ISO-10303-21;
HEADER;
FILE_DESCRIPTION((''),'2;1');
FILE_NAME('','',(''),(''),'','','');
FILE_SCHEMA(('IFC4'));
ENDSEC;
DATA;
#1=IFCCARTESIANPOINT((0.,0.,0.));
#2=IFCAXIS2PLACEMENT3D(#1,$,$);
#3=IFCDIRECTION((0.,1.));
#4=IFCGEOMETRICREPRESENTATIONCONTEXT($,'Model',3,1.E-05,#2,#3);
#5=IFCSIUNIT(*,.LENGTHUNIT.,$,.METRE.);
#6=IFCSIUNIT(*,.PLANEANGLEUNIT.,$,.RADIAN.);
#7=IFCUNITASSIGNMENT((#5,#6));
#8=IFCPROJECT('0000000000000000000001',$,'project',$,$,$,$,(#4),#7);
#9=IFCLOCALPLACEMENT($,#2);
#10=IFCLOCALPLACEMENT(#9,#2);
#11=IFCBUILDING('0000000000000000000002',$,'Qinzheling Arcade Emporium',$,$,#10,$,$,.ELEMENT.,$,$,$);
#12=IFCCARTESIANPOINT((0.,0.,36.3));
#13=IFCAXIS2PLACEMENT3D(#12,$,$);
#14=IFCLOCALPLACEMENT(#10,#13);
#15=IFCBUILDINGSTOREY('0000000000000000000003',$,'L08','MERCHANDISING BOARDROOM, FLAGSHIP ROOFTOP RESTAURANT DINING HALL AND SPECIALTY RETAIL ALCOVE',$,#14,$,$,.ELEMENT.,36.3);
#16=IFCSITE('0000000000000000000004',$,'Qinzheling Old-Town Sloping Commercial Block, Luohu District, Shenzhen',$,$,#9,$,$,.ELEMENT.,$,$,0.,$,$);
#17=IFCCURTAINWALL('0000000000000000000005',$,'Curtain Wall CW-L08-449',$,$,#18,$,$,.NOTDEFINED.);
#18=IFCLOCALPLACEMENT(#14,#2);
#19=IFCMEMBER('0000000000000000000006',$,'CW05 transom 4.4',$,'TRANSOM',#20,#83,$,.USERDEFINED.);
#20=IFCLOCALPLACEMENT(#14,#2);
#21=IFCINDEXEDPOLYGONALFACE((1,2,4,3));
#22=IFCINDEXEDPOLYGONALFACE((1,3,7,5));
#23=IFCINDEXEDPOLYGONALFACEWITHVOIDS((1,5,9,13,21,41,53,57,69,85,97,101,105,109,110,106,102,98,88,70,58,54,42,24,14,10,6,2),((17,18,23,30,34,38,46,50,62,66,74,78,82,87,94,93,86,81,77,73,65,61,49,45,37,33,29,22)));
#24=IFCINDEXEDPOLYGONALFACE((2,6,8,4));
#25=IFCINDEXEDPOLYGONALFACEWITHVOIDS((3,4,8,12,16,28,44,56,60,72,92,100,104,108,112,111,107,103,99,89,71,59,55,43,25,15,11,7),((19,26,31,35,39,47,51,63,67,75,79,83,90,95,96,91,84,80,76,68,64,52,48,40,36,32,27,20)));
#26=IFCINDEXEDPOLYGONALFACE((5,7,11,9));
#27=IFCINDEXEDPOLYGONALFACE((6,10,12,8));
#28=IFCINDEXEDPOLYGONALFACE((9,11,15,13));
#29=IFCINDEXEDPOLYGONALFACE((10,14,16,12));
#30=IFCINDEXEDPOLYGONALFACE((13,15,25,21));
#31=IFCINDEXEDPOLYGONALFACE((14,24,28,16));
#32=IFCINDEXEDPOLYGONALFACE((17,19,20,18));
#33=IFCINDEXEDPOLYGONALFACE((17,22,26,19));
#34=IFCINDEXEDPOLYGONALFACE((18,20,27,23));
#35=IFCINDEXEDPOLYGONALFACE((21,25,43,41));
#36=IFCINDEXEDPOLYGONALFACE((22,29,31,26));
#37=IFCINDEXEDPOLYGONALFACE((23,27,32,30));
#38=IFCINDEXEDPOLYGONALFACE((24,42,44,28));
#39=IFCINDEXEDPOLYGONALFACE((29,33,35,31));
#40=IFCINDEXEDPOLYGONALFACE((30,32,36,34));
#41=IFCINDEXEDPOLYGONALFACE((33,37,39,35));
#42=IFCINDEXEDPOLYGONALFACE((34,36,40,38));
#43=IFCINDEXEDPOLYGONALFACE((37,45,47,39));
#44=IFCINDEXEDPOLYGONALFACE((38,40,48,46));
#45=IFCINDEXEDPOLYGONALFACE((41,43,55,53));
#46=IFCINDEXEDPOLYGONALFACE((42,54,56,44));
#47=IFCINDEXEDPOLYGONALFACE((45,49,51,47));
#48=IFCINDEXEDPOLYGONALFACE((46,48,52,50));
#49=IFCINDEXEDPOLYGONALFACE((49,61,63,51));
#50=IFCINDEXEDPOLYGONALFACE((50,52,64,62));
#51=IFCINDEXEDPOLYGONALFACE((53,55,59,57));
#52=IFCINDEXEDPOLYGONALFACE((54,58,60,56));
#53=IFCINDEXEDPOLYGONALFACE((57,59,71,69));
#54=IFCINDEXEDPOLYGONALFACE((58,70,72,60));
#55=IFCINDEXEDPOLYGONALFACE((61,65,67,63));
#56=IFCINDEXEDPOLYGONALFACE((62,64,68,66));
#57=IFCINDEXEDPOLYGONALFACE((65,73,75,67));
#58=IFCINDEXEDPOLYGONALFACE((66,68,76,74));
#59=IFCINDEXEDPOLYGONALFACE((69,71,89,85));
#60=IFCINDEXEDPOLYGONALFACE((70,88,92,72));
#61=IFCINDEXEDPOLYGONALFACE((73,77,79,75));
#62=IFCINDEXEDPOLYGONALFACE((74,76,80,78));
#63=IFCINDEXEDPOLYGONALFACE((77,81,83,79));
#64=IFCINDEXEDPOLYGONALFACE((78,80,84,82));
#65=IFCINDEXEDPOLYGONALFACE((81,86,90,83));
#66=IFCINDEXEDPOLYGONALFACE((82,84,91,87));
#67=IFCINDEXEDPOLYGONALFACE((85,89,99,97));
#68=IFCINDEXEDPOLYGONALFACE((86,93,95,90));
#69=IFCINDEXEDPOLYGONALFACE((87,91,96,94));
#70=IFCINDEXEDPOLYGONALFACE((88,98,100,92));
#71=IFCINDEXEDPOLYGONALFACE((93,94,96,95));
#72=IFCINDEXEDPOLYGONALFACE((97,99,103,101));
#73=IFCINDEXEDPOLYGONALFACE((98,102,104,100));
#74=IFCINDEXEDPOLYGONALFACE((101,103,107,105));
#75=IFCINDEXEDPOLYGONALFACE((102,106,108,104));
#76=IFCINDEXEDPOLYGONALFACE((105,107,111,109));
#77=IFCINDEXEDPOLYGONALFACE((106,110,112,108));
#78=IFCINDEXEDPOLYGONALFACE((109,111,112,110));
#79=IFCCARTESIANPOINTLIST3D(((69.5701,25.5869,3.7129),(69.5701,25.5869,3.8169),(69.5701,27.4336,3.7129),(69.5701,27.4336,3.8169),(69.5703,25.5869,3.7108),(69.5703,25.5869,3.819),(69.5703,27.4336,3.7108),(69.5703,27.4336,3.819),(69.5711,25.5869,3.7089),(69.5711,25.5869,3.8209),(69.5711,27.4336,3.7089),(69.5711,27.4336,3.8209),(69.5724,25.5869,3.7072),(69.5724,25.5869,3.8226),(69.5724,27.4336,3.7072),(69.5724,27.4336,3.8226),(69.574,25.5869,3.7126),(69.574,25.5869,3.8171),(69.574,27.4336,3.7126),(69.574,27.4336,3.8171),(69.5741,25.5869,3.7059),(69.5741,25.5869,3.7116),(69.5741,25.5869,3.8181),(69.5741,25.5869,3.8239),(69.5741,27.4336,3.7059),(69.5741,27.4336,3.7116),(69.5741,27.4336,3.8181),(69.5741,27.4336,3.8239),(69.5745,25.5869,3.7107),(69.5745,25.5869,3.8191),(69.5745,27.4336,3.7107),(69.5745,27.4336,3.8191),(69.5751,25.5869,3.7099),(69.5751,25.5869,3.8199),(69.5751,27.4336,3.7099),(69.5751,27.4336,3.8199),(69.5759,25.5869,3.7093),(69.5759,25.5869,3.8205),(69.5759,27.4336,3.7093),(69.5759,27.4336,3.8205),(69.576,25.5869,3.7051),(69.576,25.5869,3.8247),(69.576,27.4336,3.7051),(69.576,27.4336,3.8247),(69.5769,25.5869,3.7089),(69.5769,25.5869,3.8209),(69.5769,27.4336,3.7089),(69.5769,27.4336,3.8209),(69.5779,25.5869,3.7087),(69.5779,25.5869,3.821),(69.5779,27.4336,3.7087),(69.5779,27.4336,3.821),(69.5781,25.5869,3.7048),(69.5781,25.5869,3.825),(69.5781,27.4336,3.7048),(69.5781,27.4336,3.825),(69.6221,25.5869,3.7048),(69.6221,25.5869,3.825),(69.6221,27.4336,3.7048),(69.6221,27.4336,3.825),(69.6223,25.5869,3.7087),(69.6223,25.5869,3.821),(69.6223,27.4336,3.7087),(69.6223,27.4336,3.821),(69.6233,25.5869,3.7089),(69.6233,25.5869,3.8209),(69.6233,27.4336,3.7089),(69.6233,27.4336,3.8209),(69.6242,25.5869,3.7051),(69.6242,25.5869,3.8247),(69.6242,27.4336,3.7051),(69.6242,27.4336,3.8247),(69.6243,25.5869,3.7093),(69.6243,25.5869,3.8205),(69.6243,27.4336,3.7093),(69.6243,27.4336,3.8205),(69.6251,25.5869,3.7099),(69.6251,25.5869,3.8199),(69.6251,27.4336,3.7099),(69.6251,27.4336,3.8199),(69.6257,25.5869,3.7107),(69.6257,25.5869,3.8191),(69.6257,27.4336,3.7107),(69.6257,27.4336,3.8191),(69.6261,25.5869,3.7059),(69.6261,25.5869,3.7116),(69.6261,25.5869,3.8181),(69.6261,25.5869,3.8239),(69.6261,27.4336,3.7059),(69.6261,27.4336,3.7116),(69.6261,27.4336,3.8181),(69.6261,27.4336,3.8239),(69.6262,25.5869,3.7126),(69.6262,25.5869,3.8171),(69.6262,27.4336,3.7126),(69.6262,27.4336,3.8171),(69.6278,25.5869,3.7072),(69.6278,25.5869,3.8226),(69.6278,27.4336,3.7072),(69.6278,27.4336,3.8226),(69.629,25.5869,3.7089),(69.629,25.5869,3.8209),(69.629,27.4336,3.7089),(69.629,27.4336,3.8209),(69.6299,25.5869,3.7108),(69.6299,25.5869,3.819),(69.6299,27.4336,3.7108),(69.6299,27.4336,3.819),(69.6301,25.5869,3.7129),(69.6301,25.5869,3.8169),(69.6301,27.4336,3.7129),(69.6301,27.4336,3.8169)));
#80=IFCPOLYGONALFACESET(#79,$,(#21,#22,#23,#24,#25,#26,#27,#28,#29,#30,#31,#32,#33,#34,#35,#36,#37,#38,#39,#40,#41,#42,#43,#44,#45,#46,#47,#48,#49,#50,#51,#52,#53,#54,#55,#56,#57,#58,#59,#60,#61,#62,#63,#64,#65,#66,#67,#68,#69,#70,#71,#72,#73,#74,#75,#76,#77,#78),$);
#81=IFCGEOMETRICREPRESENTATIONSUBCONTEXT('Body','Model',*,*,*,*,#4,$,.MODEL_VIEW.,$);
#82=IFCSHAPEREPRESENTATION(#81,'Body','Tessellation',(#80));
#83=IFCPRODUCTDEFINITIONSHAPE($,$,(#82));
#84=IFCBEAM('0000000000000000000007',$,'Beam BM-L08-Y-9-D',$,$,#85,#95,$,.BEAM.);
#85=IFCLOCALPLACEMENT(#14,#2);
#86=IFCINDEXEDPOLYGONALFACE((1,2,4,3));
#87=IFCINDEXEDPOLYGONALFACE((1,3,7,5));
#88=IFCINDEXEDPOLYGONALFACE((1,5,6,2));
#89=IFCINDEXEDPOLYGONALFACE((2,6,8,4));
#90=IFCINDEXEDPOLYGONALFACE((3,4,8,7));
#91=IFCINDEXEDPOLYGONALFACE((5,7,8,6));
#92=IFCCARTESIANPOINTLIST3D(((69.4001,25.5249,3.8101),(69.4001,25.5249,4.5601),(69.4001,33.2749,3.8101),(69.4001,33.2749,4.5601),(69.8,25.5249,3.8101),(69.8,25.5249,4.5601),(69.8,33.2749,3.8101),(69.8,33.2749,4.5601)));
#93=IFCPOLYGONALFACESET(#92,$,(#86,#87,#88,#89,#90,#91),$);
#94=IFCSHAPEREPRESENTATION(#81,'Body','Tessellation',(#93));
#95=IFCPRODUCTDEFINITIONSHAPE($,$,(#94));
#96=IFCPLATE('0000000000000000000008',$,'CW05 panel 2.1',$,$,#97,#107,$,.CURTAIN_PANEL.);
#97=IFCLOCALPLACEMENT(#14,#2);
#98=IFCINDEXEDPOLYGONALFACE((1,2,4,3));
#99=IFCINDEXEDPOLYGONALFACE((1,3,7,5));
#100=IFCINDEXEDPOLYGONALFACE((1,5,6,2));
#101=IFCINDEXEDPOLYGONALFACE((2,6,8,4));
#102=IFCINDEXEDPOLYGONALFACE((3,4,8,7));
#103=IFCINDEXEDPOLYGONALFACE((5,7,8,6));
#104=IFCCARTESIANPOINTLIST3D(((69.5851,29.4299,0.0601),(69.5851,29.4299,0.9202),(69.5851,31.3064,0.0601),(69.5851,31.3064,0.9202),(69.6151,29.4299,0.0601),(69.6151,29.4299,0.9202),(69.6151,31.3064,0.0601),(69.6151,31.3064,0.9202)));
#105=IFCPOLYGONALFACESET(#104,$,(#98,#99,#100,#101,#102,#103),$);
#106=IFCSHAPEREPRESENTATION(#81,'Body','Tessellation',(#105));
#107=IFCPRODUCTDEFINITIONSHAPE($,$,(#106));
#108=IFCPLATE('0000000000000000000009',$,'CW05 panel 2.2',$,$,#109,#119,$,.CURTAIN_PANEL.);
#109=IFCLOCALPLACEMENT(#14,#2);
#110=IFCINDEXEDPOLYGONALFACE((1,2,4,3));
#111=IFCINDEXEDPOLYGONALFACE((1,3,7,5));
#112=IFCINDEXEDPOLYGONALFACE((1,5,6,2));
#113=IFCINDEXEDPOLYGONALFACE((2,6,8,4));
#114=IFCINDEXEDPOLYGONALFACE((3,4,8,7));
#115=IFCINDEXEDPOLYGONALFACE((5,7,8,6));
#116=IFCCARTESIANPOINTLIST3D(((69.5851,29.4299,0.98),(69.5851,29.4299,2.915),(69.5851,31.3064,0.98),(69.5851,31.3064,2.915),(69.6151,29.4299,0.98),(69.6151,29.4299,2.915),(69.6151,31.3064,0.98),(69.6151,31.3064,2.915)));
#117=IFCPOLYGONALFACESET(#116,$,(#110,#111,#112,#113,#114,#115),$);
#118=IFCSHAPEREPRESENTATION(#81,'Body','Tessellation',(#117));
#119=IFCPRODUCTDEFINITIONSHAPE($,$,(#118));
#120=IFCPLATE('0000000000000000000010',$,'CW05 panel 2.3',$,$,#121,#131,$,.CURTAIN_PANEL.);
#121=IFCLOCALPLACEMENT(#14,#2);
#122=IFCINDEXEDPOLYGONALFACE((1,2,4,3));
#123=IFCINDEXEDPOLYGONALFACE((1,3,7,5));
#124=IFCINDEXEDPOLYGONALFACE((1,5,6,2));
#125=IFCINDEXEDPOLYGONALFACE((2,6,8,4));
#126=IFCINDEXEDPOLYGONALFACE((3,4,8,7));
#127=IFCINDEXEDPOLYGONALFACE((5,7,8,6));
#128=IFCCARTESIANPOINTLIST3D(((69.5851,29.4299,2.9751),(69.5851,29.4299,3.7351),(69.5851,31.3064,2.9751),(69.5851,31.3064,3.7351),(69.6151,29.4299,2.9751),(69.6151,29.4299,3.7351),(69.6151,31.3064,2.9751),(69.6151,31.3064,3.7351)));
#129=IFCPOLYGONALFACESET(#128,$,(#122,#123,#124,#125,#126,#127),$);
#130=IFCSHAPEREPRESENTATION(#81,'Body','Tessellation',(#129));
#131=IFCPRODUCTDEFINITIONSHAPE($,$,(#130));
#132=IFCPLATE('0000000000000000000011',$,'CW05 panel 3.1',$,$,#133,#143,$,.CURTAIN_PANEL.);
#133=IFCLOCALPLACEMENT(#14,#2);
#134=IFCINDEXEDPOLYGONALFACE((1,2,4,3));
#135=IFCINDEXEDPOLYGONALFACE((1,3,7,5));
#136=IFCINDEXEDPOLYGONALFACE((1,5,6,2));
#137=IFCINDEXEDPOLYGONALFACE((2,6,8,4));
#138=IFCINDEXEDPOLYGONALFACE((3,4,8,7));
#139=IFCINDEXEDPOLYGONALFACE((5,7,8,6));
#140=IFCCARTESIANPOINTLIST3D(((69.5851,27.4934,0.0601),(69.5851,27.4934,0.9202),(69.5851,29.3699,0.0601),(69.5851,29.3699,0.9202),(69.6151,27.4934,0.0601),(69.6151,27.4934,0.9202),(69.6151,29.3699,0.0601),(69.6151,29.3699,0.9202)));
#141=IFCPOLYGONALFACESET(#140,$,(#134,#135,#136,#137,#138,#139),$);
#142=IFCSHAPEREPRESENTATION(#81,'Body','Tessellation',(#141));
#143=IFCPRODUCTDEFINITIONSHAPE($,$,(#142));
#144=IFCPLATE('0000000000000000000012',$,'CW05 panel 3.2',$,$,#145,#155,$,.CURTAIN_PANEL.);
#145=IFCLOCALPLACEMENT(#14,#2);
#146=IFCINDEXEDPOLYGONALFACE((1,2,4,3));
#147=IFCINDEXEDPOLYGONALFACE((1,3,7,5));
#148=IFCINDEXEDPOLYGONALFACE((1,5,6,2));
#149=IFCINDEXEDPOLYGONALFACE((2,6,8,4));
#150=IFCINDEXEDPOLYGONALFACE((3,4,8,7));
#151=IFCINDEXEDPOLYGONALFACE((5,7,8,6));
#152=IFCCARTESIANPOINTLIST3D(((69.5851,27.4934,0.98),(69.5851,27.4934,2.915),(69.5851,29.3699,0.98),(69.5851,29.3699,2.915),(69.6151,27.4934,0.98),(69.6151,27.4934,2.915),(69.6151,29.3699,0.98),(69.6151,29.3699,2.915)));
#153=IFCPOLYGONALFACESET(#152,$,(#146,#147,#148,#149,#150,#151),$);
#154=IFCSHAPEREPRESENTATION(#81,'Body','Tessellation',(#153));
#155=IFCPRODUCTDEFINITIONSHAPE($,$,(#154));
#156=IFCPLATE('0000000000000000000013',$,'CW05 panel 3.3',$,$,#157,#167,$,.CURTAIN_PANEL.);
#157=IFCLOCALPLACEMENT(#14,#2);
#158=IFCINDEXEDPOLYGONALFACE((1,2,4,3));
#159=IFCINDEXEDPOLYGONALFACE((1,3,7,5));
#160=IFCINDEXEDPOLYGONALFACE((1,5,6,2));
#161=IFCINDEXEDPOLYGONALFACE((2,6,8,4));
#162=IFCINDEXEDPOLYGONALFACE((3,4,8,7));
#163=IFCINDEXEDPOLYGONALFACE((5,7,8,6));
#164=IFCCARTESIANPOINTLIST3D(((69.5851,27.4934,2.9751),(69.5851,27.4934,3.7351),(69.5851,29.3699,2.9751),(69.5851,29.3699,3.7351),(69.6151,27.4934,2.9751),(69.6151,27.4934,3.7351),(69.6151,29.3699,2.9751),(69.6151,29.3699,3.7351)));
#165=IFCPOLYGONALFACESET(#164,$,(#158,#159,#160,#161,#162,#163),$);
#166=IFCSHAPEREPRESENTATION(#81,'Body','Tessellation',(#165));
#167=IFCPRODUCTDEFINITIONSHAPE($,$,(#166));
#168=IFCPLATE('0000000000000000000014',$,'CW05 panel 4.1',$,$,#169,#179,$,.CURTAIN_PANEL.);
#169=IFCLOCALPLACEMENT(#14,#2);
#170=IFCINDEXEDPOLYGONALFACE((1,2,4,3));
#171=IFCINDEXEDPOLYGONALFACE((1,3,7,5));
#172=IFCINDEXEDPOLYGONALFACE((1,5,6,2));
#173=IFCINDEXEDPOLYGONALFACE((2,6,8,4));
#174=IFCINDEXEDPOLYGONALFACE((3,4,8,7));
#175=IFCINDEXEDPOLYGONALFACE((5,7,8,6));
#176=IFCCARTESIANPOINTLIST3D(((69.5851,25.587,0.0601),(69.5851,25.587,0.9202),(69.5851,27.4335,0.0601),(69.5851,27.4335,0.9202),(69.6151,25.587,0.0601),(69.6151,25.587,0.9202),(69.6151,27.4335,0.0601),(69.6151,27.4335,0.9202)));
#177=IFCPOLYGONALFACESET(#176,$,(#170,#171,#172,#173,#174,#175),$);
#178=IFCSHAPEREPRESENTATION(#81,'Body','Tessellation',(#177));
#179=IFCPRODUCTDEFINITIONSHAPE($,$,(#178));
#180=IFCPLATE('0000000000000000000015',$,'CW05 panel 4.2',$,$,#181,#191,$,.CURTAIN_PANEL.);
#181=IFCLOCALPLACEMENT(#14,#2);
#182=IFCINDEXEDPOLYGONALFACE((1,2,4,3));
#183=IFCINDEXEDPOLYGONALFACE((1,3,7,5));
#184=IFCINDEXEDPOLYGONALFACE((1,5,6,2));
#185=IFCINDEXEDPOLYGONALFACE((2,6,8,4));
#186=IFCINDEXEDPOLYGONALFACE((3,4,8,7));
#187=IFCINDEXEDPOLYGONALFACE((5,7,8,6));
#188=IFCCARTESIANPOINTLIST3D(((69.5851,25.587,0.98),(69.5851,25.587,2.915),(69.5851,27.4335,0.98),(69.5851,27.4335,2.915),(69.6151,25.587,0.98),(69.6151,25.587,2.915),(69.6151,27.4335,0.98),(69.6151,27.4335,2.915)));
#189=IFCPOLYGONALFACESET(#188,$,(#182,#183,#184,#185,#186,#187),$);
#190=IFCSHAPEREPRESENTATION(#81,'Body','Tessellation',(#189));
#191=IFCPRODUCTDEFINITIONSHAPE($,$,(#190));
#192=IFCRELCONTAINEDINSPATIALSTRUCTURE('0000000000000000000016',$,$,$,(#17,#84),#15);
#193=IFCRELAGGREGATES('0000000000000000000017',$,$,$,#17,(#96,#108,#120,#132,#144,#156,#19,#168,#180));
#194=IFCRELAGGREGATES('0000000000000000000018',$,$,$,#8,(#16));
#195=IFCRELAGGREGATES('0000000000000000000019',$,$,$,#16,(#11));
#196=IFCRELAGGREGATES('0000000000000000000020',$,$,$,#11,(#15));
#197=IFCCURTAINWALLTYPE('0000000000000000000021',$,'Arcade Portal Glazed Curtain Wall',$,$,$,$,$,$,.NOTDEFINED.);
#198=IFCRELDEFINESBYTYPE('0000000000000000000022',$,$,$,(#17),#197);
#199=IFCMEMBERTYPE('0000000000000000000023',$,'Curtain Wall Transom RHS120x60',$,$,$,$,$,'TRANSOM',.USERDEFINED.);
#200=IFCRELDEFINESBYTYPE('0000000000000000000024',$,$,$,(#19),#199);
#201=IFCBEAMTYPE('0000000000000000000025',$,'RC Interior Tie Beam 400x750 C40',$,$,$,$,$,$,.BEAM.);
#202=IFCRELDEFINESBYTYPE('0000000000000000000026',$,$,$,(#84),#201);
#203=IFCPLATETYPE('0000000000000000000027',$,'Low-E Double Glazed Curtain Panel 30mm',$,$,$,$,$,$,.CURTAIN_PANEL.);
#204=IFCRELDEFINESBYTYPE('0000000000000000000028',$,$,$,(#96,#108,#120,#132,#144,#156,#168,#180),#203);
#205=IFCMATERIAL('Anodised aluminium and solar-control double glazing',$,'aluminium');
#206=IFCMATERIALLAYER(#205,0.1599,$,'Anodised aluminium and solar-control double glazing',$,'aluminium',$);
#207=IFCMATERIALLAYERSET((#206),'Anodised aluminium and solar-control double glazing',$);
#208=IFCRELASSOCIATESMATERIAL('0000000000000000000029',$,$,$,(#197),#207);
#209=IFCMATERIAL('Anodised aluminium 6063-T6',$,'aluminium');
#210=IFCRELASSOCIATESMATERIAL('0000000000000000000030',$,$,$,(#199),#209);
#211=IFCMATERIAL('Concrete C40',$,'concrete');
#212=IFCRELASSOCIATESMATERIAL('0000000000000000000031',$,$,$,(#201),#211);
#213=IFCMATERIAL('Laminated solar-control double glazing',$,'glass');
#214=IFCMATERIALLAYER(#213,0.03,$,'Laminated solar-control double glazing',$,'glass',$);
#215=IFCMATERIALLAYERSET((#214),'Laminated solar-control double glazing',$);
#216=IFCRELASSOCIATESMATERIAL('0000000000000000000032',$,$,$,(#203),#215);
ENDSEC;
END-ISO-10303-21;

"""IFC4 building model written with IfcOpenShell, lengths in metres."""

from ifc_helpers import new_model, si_unit, direction, frame, origin, origin_2d, place, context, subcontext, project, spatial, rectangle, hollow_rectangle, extrude, material, layer, layer_set, material_profile, profile_set, type_object, element, aggregate, save


model = new_model("IFC4")

# Units and contexts
model_context = context("Model", 3, precision=1e-05, world=origin(), true_north=direction((0.0, 1.0)))
body_context = subcontext(model_context, "Body", "Model", "MODEL_VIEW")
ifc_project = project(units=[si_unit("LENGTHUNIT", "METRE"), si_unit("PLANEANGLEUNIT", "RADIAN")], contexts=[model_context])

# Site, building, storey
site_placement = place(None, origin())
site = spatial("IfcSite", under=ifc_project, at=site_placement, Name="Qinzheling Old-Town Sloping Commercial Block, Luohu District, Shenzhen", CompositionType="ELEMENT", RefElevation=0.0)
building_placement = place(site_placement, origin())
building = spatial("IfcBuilding", under=site, at=building_placement, Name="Qinzheling Arcade Emporium", CompositionType="ELEMENT")
storey_placement = place(building_placement, frame((0.0, 0.0, 36.3)))
storey = spatial("IfcBuildingStorey", under=building, at=storey_placement, Name="L08", Description="MERCHANDISING BOARDROOM, FLAGSHIP ROOFTOP RESTAURANT DINING HALL AND SPECIALTY RETAIL ALCOVE", CompositionType="ELEMENT", Elevation=36.3)

# Shared definitions
ifc_material_1 = material(Name="Concrete C40", Category="concrete")

# Curtain wall, member
ifc_material_2 = material(Name="Anodised aluminium and solar-control double glazing", Category="aluminium")
ifc_layer_1 = layer(ifc_material_2, 0.1599, Name="Anodised aluminium and solar-control double glazing", Category="aluminium")
ifc_layer_set_1 = layer_set([ifc_layer_1], Name="Anodised aluminium and solar-control double glazing")
curtain_wall_type = type_object("IfcCurtainWallType", Name="Arcade Portal Glazed Curtain Wall", PredefinedType="NOTDEFINED", material=ifc_layer_set_1)
curtain_wall_placement = place(storey_placement, origin())
curtain_wall = element("IfcCurtainWall", 1, at=curtain_wall_placement, inside=storey, type_object=curtain_wall_type, Name="Curtain Wall CW-L08-449", PredefinedType="NOTDEFINED")
ifc_material_3 = material(Name="Anodised aluminium 6063-T6", Category="aluminium")
ifc_material_profile_1 = material_profile(ifc_material_3, hollow_rectangle(XDim=0.0601, YDim=0.1201, WallThickness=0.0039, InnerFilletRadius=0.0039, OuterFilletRadius=0.0081, at=origin_2d()), Name="RHS 120x60x4", Category="aluminium")
ifc_profile_set_1 = profile_set([ifc_material_profile_1], Name="Anodised aluminium 6063-T6")
member_type_1 = type_object("IfcMemberType", Name="Curtain Wall Transom RHS120x60", ElementType="TRANSOM", PredefinedType="USERDEFINED", material=ifc_profile_set_1)
member_1_placement = place(storey_placement, frame((69.6001, 27.4336, 3.7649), z_axis=(0.0, -1.0, 0.0), x_axis=(1.0, 0.0, 0.0)))
member_1 = element("IfcMember", 2, at=member_1_placement, type_object=member_type_1, Name="CW05 transom 4.4", ObjectType="TRANSOM", PredefinedType="USERDEFINED", context=body_context, shape_type="SweptSolid", body=[
    extrude(hollow_rectangle(XDim=0.0601, YDim=0.1201, WallThickness=0.0039, InnerFilletRadius=0.0039, OuterFilletRadius=0.0081, at=origin_2d()), origin(), (0.0, 0.0, 1.0), 1.8467),
])

# Beam
ifc_material_profile_2 = material_profile(ifc_material_1, rectangle(XDim=0.3999, YDim=0.75, at=origin_2d()), Name="RC 400x750", Category="concrete")
ifc_profile_set_2 = profile_set([ifc_material_profile_2], Name="Concrete C40")
beam_type = type_object("IfcBeamType", Name="RC Interior Tie Beam 400x750 C40", PredefinedType="BEAM", material=ifc_profile_set_2)
beam_placement = place(storey_placement, frame((69.6001, 25.5249, 4.1851), z_axis=(0.0, 1.0, 0.0), x_axis=(-1.0, 0.0, 0.0)))
element("IfcBeam", 3, at=beam_placement, inside=storey, type_object=beam_type, Name="Beam BM-L08-Y-9-D", PredefinedType="BEAM", context=body_context, shape_type="SweptSolid", body=[
    extrude(rectangle(XDim=0.3999, YDim=0.75, at=origin_2d()), origin(), (0.0, 0.0, 1.0), 7.75),
])

# Plates
ifc_material_4 = material(Name="Laminated solar-control double glazing", Category="glass")
ifc_layer_2 = layer(ifc_material_4, 0.03, Name="Laminated solar-control double glazing", Category="glass")
ifc_layer_set_2 = layer_set([ifc_layer_2], Name="Laminated solar-control double glazing")
plate_type = type_object("IfcPlateType", Name="Low-E Double Glazed Curtain Panel 30mm", PredefinedType="CURTAIN_PANEL", material=ifc_layer_set_2)
plate_1_placement = place(storey_placement, frame((69.6001, 30.3682, 0.0601), z_axis=(0.0, 0.0, 1.0), x_axis=(0.0, -1.0, 0.0)))
plate_1 = element("IfcPlate", 4, at=plate_1_placement, type_object=plate_type, Name="CW05 panel 2.1", PredefinedType="CURTAIN_PANEL", context=body_context, shape_type="SweptSolid", body=[
    extrude(rectangle(XDim=1.8765, YDim=0.03, at=origin_2d()), origin(), (0.0, 0.0, 1.0), 0.8601),
])
plate_2_placement = place(storey_placement, frame((69.6001, 30.3682, 0.98), z_axis=(0.0, 0.0, 1.0), x_axis=(0.0, -1.0, 0.0)))
plate_2 = element("IfcPlate", 5, at=plate_2_placement, type_object=plate_type, Name="CW05 panel 2.2", PredefinedType="CURTAIN_PANEL", context=body_context, shape_type="SweptSolid", body=[
    extrude(rectangle(XDim=1.8765, YDim=0.03, at=origin_2d()), origin(), (0.0, 0.0, 1.0), 1.9351),
])
plate_3_placement = place(storey_placement, frame((69.6001, 30.3682, 2.9751), z_axis=(0.0, 0.0, 1.0), x_axis=(0.0, -1.0, 0.0)))
plate_3 = element("IfcPlate", 6, at=plate_3_placement, type_object=plate_type, Name="CW05 panel 2.3", PredefinedType="CURTAIN_PANEL", context=body_context, shape_type="SweptSolid", body=[
    extrude(rectangle(XDim=1.8765, YDim=0.03, at=origin_2d()), origin(), (0.0, 0.0, 1.0), 0.76),
])
plate_4_placement = place(storey_placement, frame((69.6001, 28.4316, 0.0601), z_axis=(0.0, 0.0, 1.0), x_axis=(0.0, -1.0, 0.0)))
plate_4 = element("IfcPlate", 7, at=plate_4_placement, type_object=plate_type, Name="CW05 panel 3.1", PredefinedType="CURTAIN_PANEL", context=body_context, shape_type="SweptSolid", body=[
    extrude(rectangle(XDim=1.8765, YDim=0.03, at=origin_2d()), origin(), (0.0, 0.0, 1.0), 0.8601),
])
plate_5_placement = place(storey_placement, frame((69.6001, 28.4316, 0.98), z_axis=(0.0, 0.0, 1.0), x_axis=(0.0, -1.0, 0.0)))
plate_5 = element("IfcPlate", 8, at=plate_5_placement, type_object=plate_type, Name="CW05 panel 3.2", PredefinedType="CURTAIN_PANEL", context=body_context, shape_type="SweptSolid", body=[
    extrude(rectangle(XDim=1.8765, YDim=0.03, at=origin_2d()), origin(), (0.0, 0.0, 1.0), 1.9351),
])
plate_6_placement = place(storey_placement, frame((69.6001, 28.4316, 2.9751), z_axis=(0.0, 0.0, 1.0), x_axis=(0.0, -1.0, 0.0)))
plate_6 = element("IfcPlate", 9, at=plate_6_placement, type_object=plate_type, Name="CW05 panel 3.3", PredefinedType="CURTAIN_PANEL", context=body_context, shape_type="SweptSolid", body=[
    extrude(rectangle(XDim=1.8765, YDim=0.03, at=origin_2d()), origin(), (0.0, 0.0, 1.0), 0.76),
])
plate_7_placement = place(storey_placement, frame((69.6001, 26.5103, 0.0601), z_axis=(0.0, 0.0, 1.0), x_axis=(0.0, -1.0, 0.0)))
plate_7 = element("IfcPlate", 10, at=plate_7_placement, type_object=plate_type, Name="CW05 panel 4.1", PredefinedType="CURTAIN_PANEL", context=body_context, shape_type="SweptSolid", body=[
    extrude(rectangle(XDim=1.8464, YDim=0.03, at=origin_2d()), origin(), (0.0, 0.0, 1.0), 0.8601),
])
plate_8_placement = place(storey_placement, frame((69.6001, 26.5103, 0.98), z_axis=(0.0, 0.0, 1.0), x_axis=(0.0, -1.0, 0.0)))
plate_8 = element("IfcPlate", 11, at=plate_8_placement, type_object=plate_type, Name="CW05 panel 4.2", PredefinedType="CURTAIN_PANEL", context=body_context, shape_type="SweptSolid", body=[
    extrude(rectangle(XDim=1.8464, YDim=0.03, at=origin_2d()), origin(), (0.0, 0.0, 1.0), 1.9351),
])
aggregate(curtain_wall, [plate_1, plate_2, plate_3, plate_4, plate_5, plate_6, member_1, plate_7, plate_8])

save(model, "model.ifc")
